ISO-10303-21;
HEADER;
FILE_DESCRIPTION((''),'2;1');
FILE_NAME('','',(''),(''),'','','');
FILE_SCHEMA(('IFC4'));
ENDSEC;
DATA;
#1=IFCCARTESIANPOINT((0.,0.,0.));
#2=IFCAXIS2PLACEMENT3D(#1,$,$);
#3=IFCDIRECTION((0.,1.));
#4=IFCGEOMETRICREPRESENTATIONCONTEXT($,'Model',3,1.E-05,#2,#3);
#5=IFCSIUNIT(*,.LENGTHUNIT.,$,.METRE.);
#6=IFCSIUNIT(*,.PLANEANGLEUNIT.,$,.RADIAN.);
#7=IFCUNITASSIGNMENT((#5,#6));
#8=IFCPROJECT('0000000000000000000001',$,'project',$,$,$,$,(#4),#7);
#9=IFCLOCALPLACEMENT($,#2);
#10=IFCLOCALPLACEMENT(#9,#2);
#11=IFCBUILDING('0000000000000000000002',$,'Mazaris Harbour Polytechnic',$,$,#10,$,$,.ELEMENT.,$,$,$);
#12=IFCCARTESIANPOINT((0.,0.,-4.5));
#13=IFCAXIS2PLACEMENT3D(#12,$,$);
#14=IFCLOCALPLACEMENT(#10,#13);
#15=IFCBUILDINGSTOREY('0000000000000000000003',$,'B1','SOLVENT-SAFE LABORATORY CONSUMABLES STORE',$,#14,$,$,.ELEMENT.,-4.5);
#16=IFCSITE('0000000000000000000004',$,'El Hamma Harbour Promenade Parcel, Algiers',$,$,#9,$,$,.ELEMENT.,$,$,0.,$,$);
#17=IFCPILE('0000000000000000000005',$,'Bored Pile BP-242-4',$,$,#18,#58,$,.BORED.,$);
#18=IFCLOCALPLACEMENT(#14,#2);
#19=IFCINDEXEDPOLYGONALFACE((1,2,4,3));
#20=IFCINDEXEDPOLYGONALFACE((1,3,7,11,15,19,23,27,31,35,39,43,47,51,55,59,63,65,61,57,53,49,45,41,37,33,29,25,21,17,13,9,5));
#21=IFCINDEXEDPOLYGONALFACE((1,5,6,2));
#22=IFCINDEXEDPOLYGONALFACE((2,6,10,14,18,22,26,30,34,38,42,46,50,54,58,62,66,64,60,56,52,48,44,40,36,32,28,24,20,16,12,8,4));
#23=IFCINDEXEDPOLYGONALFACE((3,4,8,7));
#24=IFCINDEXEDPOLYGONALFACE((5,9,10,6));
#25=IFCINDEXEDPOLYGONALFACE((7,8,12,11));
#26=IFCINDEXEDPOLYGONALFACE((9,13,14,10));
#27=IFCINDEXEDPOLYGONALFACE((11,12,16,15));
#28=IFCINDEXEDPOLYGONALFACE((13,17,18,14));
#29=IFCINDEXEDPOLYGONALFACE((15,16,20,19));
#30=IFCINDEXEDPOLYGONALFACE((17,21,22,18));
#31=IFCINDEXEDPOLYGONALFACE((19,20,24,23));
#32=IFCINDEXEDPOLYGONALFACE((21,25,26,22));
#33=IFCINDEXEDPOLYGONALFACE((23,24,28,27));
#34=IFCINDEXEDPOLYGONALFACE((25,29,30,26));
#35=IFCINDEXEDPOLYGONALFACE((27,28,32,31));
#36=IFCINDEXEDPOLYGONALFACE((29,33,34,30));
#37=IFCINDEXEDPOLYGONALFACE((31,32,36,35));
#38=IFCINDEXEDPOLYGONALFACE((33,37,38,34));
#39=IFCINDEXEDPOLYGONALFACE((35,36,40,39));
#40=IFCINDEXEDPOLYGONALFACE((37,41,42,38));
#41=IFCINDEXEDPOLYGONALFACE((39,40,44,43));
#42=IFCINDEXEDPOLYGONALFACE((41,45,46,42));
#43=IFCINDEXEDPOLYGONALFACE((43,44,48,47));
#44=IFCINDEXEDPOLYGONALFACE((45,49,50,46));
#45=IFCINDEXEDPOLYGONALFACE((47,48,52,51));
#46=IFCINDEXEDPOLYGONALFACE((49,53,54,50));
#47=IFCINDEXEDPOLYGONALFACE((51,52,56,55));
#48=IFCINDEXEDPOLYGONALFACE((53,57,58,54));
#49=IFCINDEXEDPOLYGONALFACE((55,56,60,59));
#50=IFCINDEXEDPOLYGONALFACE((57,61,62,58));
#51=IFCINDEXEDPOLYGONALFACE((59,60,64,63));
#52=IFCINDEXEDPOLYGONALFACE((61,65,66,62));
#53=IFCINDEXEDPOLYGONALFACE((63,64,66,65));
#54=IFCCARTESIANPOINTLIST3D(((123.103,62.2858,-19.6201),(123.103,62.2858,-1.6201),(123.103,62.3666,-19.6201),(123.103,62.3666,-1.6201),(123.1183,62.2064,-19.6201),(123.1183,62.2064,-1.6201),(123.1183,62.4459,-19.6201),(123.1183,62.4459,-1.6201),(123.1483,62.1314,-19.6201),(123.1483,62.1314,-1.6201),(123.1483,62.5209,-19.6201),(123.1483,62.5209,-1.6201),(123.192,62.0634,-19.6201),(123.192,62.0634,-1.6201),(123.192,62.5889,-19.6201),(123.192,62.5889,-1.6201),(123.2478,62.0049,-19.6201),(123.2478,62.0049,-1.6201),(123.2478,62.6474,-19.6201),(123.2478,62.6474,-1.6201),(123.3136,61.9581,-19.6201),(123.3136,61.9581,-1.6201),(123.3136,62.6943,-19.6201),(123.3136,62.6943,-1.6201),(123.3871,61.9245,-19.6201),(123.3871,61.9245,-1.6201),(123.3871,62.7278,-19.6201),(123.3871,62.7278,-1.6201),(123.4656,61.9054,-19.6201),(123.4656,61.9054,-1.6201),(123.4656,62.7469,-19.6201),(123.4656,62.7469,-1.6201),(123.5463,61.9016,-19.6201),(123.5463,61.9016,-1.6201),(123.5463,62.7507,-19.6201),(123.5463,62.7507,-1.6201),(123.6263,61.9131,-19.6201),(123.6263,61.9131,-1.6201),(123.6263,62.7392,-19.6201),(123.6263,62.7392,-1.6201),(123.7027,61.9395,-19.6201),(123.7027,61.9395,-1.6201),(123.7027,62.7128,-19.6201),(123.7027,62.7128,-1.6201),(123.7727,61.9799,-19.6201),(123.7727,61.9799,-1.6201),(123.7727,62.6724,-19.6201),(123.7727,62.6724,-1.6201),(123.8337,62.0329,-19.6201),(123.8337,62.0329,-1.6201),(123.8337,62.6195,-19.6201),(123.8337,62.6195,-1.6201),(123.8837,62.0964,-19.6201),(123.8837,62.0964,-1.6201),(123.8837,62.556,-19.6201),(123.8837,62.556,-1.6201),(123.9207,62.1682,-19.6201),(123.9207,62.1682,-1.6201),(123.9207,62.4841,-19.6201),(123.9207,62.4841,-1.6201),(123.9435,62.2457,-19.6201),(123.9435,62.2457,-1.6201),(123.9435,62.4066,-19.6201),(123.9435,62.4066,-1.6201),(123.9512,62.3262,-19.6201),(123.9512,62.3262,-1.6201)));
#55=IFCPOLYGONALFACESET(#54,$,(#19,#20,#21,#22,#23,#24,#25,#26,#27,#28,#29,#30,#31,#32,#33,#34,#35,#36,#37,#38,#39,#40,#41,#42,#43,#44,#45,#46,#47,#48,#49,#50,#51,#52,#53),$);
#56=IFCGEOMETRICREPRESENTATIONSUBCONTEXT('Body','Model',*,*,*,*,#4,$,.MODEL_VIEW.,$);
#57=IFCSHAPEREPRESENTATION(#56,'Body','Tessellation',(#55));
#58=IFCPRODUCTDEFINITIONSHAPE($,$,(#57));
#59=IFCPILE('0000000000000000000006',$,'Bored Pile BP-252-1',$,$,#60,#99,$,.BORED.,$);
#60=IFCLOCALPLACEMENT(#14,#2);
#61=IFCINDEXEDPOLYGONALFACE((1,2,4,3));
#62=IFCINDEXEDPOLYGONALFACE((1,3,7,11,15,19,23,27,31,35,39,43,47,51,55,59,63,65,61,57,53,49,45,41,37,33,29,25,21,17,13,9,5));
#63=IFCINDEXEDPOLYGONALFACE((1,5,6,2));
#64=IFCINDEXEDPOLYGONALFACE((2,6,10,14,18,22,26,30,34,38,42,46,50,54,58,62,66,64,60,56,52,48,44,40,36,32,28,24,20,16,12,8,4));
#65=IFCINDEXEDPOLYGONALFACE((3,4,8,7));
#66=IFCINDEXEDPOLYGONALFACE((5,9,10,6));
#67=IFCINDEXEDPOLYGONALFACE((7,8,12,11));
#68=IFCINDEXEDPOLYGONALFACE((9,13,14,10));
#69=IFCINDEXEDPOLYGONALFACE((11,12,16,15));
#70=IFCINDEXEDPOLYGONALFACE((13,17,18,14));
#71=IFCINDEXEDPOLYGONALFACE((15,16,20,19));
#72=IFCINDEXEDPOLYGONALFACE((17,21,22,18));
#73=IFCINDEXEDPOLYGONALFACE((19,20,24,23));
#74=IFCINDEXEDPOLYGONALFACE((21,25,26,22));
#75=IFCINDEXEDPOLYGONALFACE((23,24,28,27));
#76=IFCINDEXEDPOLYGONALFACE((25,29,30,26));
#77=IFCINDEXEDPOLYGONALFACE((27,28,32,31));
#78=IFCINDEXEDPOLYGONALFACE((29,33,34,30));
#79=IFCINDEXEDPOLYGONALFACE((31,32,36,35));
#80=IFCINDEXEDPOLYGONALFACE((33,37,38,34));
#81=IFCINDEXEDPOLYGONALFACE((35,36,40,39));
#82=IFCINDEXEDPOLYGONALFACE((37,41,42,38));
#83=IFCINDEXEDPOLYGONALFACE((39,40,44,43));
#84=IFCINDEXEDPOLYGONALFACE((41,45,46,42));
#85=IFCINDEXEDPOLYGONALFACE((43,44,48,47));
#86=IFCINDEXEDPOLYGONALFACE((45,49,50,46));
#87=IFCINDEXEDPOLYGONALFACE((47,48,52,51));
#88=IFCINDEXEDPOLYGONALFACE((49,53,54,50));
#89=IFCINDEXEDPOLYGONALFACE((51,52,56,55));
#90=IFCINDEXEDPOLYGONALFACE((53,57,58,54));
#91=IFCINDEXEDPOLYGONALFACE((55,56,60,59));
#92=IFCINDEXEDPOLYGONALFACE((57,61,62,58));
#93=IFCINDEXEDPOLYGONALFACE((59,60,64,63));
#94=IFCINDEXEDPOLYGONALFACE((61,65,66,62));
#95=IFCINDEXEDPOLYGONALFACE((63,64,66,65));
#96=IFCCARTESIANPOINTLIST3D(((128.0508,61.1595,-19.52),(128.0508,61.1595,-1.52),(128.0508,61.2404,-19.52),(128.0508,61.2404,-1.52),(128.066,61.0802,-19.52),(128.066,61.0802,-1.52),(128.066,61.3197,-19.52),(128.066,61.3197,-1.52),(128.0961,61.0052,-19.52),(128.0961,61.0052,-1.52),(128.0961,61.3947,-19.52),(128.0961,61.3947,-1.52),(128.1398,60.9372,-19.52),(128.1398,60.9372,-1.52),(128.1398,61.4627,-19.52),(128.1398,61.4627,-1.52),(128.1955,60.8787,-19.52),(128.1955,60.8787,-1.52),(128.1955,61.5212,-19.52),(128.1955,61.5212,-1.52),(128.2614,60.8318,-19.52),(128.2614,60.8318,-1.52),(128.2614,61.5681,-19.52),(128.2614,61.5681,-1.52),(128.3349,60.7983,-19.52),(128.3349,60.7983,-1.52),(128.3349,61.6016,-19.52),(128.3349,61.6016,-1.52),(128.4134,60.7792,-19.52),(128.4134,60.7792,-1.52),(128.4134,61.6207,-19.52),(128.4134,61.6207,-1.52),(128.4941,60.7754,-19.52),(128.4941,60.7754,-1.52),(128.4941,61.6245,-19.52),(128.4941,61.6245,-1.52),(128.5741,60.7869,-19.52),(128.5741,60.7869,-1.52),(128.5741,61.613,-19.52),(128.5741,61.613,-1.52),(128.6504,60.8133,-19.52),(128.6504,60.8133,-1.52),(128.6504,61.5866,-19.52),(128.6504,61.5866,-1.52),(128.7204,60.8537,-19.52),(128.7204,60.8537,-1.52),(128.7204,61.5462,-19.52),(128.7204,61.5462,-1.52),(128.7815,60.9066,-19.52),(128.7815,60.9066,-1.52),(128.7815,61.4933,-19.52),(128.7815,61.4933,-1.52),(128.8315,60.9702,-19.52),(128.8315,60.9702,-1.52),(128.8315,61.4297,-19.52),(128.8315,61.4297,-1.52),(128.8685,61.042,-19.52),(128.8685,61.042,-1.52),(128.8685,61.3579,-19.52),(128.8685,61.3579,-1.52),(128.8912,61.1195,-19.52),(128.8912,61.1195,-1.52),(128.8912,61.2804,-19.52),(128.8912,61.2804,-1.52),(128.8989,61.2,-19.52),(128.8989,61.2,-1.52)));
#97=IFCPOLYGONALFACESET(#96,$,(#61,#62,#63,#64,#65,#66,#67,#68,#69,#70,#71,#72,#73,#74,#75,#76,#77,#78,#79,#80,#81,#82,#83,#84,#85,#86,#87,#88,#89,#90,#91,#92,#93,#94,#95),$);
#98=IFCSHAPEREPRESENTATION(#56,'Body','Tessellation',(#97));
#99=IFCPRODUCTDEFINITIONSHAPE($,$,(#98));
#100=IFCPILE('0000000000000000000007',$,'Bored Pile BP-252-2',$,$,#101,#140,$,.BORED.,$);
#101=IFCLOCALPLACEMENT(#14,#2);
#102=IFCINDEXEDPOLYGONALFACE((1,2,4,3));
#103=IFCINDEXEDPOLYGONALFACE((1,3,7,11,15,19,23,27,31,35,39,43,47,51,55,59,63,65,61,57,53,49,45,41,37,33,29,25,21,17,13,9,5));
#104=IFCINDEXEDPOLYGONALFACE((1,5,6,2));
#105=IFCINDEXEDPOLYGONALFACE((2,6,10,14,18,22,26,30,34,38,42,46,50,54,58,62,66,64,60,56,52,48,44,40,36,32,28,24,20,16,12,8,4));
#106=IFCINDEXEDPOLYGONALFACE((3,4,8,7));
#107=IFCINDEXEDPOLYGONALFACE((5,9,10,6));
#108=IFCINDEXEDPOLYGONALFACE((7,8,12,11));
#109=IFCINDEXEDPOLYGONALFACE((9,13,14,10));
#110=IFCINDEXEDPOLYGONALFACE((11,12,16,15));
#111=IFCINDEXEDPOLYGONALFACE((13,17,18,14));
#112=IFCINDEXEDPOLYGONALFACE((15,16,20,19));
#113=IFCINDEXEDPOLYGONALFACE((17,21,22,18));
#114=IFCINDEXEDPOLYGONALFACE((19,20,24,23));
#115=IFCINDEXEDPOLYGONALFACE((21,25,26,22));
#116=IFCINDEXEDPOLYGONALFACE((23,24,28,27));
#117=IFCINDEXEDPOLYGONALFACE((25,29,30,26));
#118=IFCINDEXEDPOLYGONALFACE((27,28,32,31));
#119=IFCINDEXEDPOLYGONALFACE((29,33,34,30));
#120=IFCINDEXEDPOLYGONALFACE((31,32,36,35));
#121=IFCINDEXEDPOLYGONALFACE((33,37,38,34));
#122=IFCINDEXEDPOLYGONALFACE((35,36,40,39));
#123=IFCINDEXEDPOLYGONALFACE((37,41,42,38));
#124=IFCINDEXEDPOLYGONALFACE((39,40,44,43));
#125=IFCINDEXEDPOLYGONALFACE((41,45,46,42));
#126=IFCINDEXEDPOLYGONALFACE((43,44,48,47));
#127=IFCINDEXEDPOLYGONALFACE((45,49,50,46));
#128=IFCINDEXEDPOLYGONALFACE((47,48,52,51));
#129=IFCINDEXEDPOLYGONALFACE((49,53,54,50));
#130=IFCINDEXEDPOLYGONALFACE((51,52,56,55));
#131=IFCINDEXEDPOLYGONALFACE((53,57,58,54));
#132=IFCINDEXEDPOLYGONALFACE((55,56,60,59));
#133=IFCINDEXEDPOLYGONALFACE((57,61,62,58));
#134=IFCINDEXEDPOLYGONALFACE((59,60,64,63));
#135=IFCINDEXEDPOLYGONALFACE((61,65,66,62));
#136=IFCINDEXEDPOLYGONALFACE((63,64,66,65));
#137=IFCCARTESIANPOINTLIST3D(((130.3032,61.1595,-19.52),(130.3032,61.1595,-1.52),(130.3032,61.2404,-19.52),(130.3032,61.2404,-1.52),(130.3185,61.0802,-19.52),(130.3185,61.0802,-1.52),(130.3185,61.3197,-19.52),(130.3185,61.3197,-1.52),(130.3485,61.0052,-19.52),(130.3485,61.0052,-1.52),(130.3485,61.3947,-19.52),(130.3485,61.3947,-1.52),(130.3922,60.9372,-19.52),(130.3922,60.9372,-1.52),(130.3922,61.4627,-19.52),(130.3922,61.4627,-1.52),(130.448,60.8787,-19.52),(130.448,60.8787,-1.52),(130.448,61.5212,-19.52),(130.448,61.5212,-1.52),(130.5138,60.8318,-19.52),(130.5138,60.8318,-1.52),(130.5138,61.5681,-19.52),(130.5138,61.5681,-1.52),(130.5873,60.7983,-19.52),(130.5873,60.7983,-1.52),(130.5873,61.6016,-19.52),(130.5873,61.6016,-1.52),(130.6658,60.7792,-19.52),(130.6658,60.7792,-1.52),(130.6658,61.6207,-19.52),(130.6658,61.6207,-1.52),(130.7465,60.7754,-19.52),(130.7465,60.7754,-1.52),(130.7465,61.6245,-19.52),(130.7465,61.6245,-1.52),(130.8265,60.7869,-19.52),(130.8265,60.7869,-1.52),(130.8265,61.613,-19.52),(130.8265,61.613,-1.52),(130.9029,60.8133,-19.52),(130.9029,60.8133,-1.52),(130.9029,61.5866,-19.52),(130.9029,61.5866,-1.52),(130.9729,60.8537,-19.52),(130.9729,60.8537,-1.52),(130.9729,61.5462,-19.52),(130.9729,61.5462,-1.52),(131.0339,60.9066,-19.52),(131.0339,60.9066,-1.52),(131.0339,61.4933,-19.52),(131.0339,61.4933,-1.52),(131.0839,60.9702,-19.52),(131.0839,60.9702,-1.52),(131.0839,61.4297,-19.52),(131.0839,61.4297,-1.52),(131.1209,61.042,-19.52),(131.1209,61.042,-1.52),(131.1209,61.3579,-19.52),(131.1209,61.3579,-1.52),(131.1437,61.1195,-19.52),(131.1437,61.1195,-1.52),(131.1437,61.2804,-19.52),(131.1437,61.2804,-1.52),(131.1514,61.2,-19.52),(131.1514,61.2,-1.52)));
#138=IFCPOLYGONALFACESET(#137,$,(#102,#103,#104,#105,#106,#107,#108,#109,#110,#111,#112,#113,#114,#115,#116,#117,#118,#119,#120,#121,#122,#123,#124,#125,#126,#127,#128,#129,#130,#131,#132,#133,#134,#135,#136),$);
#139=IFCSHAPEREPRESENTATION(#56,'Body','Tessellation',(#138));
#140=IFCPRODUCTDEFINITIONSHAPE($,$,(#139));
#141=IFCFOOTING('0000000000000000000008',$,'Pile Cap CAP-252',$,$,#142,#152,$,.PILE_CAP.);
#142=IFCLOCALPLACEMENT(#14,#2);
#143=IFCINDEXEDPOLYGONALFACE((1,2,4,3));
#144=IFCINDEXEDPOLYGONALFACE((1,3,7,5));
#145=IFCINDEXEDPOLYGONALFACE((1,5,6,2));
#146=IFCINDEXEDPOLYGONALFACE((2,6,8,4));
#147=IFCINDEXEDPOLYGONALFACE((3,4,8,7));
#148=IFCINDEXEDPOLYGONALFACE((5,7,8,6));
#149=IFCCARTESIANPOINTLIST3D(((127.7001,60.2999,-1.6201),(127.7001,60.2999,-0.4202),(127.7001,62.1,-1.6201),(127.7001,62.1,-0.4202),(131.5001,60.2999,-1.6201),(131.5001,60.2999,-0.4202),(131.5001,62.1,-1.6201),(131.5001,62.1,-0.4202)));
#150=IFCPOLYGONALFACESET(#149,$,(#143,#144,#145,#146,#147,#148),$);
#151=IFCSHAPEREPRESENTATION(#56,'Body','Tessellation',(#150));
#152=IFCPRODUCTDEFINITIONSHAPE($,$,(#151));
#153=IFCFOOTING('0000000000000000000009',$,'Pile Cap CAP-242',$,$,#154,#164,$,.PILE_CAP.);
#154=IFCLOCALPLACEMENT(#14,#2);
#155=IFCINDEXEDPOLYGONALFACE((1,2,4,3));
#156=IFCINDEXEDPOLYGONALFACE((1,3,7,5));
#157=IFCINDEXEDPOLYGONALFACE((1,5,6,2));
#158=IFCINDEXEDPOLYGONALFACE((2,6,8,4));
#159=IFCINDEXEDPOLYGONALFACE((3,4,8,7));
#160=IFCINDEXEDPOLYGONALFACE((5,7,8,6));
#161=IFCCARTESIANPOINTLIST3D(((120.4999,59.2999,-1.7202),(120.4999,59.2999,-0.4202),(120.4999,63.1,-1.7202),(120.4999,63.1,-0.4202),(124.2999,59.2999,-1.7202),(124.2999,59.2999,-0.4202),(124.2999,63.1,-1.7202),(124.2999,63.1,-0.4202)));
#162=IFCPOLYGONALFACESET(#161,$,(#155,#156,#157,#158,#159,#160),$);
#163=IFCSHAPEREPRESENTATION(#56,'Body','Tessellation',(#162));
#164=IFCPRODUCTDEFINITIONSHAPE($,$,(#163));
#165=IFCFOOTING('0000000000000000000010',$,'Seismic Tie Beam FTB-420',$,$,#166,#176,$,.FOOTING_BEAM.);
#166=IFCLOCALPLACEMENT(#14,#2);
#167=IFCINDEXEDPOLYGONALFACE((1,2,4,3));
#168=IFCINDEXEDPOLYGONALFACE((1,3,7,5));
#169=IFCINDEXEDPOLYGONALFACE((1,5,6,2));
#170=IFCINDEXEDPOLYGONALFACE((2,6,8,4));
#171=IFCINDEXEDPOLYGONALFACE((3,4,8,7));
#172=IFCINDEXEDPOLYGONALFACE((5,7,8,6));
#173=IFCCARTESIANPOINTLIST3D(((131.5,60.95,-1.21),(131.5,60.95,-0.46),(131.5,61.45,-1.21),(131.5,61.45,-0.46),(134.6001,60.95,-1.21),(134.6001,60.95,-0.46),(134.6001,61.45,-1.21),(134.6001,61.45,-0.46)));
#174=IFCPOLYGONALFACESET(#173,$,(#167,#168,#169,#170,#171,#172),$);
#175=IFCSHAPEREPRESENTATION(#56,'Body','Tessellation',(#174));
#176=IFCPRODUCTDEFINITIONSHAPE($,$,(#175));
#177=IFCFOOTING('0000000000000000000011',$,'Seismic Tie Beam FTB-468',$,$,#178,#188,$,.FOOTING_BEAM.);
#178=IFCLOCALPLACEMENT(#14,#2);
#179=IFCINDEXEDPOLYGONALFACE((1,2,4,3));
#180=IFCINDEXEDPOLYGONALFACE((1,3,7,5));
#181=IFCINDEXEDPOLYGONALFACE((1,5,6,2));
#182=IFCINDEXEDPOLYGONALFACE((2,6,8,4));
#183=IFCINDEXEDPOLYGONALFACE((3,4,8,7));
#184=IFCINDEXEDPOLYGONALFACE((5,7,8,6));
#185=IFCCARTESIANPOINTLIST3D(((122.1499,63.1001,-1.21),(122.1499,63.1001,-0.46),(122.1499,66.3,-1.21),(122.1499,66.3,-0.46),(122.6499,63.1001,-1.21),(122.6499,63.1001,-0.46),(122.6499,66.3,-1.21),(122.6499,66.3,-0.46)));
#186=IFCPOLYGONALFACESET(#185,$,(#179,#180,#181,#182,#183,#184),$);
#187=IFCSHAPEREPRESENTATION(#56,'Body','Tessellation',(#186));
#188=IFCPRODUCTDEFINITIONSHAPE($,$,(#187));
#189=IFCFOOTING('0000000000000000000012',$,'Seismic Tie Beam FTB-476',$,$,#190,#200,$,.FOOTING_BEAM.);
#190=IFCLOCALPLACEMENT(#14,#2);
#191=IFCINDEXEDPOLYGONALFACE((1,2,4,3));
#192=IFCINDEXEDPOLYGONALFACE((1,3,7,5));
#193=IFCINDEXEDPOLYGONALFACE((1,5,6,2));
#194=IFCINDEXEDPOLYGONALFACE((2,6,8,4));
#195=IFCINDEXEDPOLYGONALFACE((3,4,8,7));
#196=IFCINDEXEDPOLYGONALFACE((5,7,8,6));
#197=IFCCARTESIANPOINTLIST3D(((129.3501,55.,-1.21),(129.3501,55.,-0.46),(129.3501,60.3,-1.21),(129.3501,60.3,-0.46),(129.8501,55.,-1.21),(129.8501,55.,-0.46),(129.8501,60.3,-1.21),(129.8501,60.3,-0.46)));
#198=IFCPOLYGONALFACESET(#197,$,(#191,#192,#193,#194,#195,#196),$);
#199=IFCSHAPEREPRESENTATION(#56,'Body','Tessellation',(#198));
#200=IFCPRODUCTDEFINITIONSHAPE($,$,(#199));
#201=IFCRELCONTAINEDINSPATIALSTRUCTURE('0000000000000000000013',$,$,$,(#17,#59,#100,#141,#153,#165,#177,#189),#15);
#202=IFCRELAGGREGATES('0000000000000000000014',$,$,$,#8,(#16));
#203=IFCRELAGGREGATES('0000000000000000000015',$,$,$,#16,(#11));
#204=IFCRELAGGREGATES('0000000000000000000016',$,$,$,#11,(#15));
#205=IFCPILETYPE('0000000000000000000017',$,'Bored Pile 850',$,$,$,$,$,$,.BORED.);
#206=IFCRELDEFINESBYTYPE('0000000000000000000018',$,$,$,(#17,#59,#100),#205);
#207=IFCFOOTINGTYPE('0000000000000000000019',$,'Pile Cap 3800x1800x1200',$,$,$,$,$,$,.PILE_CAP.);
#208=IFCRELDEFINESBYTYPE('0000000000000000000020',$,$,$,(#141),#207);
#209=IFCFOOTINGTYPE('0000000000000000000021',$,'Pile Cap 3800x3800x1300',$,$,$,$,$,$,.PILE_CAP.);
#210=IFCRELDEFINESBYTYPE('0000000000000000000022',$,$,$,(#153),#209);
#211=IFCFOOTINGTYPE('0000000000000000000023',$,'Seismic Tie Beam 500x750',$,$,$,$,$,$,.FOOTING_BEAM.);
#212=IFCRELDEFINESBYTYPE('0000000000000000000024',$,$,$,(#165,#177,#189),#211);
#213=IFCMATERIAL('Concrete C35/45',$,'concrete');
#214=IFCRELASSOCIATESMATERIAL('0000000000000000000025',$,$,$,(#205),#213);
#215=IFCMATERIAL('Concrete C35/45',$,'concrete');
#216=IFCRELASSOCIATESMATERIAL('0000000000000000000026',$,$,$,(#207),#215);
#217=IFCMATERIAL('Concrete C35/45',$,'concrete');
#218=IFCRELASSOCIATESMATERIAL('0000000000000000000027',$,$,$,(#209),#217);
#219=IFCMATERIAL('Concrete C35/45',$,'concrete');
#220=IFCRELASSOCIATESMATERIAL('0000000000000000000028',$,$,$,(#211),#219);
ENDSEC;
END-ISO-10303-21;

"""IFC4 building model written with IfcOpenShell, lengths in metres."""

from ifc_helpers import new_model, si_unit, direction, frame, origin, origin_2d, place, context, subcontext, project, spatial, rectangle, circle, extrude, material, material_profile, profile_set, type_object, element, save


model = new_model("IFC4")

# Units and contexts
model_context = context("Model", 3, precision=1e-05, world=origin(), true_north=direction((0.0, 1.0)))
body_context = subcontext(model_context, "Body", "Model", "MODEL_VIEW")
ifc_project = project(units=[si_unit("LENGTHUNIT", "METRE"), si_unit("PLANEANGLEUNIT", "RADIAN")], contexts=[model_context])

# Site, building, storey
site_placement = place(None, origin())
site = spatial("IfcSite", under=ifc_project, at=site_placement, Name="El Hamma Harbour Promenade Parcel, Algiers", CompositionType="ELEMENT", RefElevation=0.0)
building_placement = place(site_placement, origin())
building = spatial("IfcBuilding", under=site, at=building_placement, Name="Mazaris Harbour Polytechnic", CompositionType="ELEMENT")
storey_placement = place(building_placement, frame((0.0, 0.0, -4.5)))
storey = spatial("IfcBuildingStorey", under=building, at=storey_placement, Name="B1", Description="SOLVENT-SAFE LABORATORY CONSUMABLES STORE", CompositionType="ELEMENT", Elevation=-4.5)

# Piles
ifc_material_1 = material(Name="Concrete C35/45", Category="concrete")
ifc_material_profile_1 = material_profile(ifc_material_1, circle(Radius=0.425, at=origin_2d()), Name="DIA850")
ifc_profile_set_1 = profile_set([ifc_material_profile_1], Name="Concrete C35/45")
pile_type_1 = type_object("IfcPileType", Name="Bored Pile 850", PredefinedType="BORED", material=ifc_profile_set_1)
for number, where, z_axis, x_axis, name in (
    (1, (123.5261, 62.3262, -1.6201), (0.0, 0.0, -1.0), (1.0, 0.0, 0.0), "Bored Pile BP-242-4"),
    (2, (128.4739, 61.2, -1.52), (0.0, 0.0, -1.0), (1.0, 0.0, 0.0), "Bored Pile BP-252-1"),
    (3, (130.7263, 61.2, -1.52), (0.0, 0.0, -1.0), (1.0, 0.0, 0.0), "Bored Pile BP-252-2"),
):
    element("IfcPile", number, at=place(storey_placement, frame(where, z_axis=z_axis, x_axis=x_axis)), inside=storey, type_object=pile_type_1, Name=name, PredefinedType="BORED", context=body_context, shape_type="SweptSolid", body=[
        extrude(circle(Radius=0.425, at=origin_2d()), origin(), (0.0, 0.0, 1.0), 18.0),
    ])

# Footings
ifc_material_2 = material(Name="Concrete C35/45", Category="concrete")
footing_type_1 = type_object("IfcFootingType", Name="Pile Cap 3800x1800x1200", PredefinedType="PILE_CAP", material=ifc_material_2)
footing_1_placement = place(storey_placement, frame((129.6001, 61.2, -1.6201), z_axis=(0.0, 0.0, 1.0), x_axis=(1.0, 0.0, 0.0)))
element("IfcFooting", 4, at=footing_1_placement, inside=storey, type_object=footing_type_1, Name="Pile Cap CAP-252", PredefinedType="PILE_CAP", context=body_context, shape_type="SweptSolid", body=[
    extrude(rectangle(XDim=3.8, YDim=1.8, at=origin_2d()), origin(), (0.0, 0.0, 1.0), 1.2),
])
ifc_material_3 = material(Name="Concrete C35/45", Category="concrete")
footing_type_2 = type_object("IfcFootingType", Name="Pile Cap 3800x3800x1300", PredefinedType="PILE_CAP", material=ifc_material_3)
footing_2_placement = place(storey_placement, frame((122.3999, 61.2, -1.7202), z_axis=(0.0, 0.0, 1.0), x_axis=(1.0, 0.0, 0.0)))
element("IfcFooting", 5, at=footing_2_placement, inside=storey, type_object=footing_type_2, Name="Pile Cap CAP-242", PredefinedType="PILE_CAP", context=body_context, shape_type="SweptSolid", body=[
    extrude(rectangle(XDim=3.8, YDim=3.8, at=origin_2d()), origin(), (0.0, 0.0, 1.0), 1.3),
])
ifc_material_4 = material(Name="Concrete C35/45", Category="concrete")
ifc_material_profile_2 = material_profile(ifc_material_4, rectangle(XDim=0.5, YDim=0.75, at=origin_2d()), Name="RECT500x750")
ifc_profile_set_2 = profile_set([ifc_material_profile_2], Name="Concrete C35/45")
footing_type_3 = type_object("IfcFootingType", Name="Seismic Tie Beam 500x750", PredefinedType="FOOTING_BEAM", material=ifc_profile_set_2)
footing_3_placement = place(storey_placement, frame((131.5, 61.2, -0.835), z_axis=(1.0, 0.0, 0.0), x_axis=(0.0, 1.0, 0.0)))
element("IfcFooting", 6, at=footing_3_placement, inside=storey, type_object=footing_type_3, Name="Seismic Tie Beam FTB-420", PredefinedType="FOOTING_BEAM", context=body_context, shape_type="SweptSolid", body=[
    extrude(rectangle(XDim=0.5, YDim=0.75, at=origin_2d()), origin(), (0.0, 0.0, 1.0), 3.1001),
])
footing_4_placement = place(storey_placement, frame((122.3999, 63.1001, -0.835), z_axis=(0.0, 1.0, 0.0), x_axis=(-1.0, 0.0, 0.0)))
element("IfcFooting", 7, at=footing_4_placement, inside=storey, type_object=footing_type_3, Name="Seismic Tie Beam FTB-468", PredefinedType="FOOTING_BEAM", context=body_context, shape_type="SweptSolid", body=[
    extrude(rectangle(XDim=0.5, YDim=0.75, at=origin_2d()), origin(), (0.0, 0.0, 1.0), 3.2),
])
footing_5_placement = place(storey_placement, frame((129.6001, 55.0, -0.835), z_axis=(0.0, 1.0, 0.0), x_axis=(-1.0, 0.0, 0.0)))
element("IfcFooting", 8, at=footing_5_placement, inside=storey, type_object=footing_type_3, Name="Seismic Tie Beam FTB-476", PredefinedType="FOOTING_BEAM", context=body_context, shape_type="SweptSolid", body=[
    extrude(rectangle(XDim=0.5, YDim=0.75, at=origin_2d()), origin(), (0.0, 0.0, 1.0), 5.3),
])

save(model, "model.ifc")
